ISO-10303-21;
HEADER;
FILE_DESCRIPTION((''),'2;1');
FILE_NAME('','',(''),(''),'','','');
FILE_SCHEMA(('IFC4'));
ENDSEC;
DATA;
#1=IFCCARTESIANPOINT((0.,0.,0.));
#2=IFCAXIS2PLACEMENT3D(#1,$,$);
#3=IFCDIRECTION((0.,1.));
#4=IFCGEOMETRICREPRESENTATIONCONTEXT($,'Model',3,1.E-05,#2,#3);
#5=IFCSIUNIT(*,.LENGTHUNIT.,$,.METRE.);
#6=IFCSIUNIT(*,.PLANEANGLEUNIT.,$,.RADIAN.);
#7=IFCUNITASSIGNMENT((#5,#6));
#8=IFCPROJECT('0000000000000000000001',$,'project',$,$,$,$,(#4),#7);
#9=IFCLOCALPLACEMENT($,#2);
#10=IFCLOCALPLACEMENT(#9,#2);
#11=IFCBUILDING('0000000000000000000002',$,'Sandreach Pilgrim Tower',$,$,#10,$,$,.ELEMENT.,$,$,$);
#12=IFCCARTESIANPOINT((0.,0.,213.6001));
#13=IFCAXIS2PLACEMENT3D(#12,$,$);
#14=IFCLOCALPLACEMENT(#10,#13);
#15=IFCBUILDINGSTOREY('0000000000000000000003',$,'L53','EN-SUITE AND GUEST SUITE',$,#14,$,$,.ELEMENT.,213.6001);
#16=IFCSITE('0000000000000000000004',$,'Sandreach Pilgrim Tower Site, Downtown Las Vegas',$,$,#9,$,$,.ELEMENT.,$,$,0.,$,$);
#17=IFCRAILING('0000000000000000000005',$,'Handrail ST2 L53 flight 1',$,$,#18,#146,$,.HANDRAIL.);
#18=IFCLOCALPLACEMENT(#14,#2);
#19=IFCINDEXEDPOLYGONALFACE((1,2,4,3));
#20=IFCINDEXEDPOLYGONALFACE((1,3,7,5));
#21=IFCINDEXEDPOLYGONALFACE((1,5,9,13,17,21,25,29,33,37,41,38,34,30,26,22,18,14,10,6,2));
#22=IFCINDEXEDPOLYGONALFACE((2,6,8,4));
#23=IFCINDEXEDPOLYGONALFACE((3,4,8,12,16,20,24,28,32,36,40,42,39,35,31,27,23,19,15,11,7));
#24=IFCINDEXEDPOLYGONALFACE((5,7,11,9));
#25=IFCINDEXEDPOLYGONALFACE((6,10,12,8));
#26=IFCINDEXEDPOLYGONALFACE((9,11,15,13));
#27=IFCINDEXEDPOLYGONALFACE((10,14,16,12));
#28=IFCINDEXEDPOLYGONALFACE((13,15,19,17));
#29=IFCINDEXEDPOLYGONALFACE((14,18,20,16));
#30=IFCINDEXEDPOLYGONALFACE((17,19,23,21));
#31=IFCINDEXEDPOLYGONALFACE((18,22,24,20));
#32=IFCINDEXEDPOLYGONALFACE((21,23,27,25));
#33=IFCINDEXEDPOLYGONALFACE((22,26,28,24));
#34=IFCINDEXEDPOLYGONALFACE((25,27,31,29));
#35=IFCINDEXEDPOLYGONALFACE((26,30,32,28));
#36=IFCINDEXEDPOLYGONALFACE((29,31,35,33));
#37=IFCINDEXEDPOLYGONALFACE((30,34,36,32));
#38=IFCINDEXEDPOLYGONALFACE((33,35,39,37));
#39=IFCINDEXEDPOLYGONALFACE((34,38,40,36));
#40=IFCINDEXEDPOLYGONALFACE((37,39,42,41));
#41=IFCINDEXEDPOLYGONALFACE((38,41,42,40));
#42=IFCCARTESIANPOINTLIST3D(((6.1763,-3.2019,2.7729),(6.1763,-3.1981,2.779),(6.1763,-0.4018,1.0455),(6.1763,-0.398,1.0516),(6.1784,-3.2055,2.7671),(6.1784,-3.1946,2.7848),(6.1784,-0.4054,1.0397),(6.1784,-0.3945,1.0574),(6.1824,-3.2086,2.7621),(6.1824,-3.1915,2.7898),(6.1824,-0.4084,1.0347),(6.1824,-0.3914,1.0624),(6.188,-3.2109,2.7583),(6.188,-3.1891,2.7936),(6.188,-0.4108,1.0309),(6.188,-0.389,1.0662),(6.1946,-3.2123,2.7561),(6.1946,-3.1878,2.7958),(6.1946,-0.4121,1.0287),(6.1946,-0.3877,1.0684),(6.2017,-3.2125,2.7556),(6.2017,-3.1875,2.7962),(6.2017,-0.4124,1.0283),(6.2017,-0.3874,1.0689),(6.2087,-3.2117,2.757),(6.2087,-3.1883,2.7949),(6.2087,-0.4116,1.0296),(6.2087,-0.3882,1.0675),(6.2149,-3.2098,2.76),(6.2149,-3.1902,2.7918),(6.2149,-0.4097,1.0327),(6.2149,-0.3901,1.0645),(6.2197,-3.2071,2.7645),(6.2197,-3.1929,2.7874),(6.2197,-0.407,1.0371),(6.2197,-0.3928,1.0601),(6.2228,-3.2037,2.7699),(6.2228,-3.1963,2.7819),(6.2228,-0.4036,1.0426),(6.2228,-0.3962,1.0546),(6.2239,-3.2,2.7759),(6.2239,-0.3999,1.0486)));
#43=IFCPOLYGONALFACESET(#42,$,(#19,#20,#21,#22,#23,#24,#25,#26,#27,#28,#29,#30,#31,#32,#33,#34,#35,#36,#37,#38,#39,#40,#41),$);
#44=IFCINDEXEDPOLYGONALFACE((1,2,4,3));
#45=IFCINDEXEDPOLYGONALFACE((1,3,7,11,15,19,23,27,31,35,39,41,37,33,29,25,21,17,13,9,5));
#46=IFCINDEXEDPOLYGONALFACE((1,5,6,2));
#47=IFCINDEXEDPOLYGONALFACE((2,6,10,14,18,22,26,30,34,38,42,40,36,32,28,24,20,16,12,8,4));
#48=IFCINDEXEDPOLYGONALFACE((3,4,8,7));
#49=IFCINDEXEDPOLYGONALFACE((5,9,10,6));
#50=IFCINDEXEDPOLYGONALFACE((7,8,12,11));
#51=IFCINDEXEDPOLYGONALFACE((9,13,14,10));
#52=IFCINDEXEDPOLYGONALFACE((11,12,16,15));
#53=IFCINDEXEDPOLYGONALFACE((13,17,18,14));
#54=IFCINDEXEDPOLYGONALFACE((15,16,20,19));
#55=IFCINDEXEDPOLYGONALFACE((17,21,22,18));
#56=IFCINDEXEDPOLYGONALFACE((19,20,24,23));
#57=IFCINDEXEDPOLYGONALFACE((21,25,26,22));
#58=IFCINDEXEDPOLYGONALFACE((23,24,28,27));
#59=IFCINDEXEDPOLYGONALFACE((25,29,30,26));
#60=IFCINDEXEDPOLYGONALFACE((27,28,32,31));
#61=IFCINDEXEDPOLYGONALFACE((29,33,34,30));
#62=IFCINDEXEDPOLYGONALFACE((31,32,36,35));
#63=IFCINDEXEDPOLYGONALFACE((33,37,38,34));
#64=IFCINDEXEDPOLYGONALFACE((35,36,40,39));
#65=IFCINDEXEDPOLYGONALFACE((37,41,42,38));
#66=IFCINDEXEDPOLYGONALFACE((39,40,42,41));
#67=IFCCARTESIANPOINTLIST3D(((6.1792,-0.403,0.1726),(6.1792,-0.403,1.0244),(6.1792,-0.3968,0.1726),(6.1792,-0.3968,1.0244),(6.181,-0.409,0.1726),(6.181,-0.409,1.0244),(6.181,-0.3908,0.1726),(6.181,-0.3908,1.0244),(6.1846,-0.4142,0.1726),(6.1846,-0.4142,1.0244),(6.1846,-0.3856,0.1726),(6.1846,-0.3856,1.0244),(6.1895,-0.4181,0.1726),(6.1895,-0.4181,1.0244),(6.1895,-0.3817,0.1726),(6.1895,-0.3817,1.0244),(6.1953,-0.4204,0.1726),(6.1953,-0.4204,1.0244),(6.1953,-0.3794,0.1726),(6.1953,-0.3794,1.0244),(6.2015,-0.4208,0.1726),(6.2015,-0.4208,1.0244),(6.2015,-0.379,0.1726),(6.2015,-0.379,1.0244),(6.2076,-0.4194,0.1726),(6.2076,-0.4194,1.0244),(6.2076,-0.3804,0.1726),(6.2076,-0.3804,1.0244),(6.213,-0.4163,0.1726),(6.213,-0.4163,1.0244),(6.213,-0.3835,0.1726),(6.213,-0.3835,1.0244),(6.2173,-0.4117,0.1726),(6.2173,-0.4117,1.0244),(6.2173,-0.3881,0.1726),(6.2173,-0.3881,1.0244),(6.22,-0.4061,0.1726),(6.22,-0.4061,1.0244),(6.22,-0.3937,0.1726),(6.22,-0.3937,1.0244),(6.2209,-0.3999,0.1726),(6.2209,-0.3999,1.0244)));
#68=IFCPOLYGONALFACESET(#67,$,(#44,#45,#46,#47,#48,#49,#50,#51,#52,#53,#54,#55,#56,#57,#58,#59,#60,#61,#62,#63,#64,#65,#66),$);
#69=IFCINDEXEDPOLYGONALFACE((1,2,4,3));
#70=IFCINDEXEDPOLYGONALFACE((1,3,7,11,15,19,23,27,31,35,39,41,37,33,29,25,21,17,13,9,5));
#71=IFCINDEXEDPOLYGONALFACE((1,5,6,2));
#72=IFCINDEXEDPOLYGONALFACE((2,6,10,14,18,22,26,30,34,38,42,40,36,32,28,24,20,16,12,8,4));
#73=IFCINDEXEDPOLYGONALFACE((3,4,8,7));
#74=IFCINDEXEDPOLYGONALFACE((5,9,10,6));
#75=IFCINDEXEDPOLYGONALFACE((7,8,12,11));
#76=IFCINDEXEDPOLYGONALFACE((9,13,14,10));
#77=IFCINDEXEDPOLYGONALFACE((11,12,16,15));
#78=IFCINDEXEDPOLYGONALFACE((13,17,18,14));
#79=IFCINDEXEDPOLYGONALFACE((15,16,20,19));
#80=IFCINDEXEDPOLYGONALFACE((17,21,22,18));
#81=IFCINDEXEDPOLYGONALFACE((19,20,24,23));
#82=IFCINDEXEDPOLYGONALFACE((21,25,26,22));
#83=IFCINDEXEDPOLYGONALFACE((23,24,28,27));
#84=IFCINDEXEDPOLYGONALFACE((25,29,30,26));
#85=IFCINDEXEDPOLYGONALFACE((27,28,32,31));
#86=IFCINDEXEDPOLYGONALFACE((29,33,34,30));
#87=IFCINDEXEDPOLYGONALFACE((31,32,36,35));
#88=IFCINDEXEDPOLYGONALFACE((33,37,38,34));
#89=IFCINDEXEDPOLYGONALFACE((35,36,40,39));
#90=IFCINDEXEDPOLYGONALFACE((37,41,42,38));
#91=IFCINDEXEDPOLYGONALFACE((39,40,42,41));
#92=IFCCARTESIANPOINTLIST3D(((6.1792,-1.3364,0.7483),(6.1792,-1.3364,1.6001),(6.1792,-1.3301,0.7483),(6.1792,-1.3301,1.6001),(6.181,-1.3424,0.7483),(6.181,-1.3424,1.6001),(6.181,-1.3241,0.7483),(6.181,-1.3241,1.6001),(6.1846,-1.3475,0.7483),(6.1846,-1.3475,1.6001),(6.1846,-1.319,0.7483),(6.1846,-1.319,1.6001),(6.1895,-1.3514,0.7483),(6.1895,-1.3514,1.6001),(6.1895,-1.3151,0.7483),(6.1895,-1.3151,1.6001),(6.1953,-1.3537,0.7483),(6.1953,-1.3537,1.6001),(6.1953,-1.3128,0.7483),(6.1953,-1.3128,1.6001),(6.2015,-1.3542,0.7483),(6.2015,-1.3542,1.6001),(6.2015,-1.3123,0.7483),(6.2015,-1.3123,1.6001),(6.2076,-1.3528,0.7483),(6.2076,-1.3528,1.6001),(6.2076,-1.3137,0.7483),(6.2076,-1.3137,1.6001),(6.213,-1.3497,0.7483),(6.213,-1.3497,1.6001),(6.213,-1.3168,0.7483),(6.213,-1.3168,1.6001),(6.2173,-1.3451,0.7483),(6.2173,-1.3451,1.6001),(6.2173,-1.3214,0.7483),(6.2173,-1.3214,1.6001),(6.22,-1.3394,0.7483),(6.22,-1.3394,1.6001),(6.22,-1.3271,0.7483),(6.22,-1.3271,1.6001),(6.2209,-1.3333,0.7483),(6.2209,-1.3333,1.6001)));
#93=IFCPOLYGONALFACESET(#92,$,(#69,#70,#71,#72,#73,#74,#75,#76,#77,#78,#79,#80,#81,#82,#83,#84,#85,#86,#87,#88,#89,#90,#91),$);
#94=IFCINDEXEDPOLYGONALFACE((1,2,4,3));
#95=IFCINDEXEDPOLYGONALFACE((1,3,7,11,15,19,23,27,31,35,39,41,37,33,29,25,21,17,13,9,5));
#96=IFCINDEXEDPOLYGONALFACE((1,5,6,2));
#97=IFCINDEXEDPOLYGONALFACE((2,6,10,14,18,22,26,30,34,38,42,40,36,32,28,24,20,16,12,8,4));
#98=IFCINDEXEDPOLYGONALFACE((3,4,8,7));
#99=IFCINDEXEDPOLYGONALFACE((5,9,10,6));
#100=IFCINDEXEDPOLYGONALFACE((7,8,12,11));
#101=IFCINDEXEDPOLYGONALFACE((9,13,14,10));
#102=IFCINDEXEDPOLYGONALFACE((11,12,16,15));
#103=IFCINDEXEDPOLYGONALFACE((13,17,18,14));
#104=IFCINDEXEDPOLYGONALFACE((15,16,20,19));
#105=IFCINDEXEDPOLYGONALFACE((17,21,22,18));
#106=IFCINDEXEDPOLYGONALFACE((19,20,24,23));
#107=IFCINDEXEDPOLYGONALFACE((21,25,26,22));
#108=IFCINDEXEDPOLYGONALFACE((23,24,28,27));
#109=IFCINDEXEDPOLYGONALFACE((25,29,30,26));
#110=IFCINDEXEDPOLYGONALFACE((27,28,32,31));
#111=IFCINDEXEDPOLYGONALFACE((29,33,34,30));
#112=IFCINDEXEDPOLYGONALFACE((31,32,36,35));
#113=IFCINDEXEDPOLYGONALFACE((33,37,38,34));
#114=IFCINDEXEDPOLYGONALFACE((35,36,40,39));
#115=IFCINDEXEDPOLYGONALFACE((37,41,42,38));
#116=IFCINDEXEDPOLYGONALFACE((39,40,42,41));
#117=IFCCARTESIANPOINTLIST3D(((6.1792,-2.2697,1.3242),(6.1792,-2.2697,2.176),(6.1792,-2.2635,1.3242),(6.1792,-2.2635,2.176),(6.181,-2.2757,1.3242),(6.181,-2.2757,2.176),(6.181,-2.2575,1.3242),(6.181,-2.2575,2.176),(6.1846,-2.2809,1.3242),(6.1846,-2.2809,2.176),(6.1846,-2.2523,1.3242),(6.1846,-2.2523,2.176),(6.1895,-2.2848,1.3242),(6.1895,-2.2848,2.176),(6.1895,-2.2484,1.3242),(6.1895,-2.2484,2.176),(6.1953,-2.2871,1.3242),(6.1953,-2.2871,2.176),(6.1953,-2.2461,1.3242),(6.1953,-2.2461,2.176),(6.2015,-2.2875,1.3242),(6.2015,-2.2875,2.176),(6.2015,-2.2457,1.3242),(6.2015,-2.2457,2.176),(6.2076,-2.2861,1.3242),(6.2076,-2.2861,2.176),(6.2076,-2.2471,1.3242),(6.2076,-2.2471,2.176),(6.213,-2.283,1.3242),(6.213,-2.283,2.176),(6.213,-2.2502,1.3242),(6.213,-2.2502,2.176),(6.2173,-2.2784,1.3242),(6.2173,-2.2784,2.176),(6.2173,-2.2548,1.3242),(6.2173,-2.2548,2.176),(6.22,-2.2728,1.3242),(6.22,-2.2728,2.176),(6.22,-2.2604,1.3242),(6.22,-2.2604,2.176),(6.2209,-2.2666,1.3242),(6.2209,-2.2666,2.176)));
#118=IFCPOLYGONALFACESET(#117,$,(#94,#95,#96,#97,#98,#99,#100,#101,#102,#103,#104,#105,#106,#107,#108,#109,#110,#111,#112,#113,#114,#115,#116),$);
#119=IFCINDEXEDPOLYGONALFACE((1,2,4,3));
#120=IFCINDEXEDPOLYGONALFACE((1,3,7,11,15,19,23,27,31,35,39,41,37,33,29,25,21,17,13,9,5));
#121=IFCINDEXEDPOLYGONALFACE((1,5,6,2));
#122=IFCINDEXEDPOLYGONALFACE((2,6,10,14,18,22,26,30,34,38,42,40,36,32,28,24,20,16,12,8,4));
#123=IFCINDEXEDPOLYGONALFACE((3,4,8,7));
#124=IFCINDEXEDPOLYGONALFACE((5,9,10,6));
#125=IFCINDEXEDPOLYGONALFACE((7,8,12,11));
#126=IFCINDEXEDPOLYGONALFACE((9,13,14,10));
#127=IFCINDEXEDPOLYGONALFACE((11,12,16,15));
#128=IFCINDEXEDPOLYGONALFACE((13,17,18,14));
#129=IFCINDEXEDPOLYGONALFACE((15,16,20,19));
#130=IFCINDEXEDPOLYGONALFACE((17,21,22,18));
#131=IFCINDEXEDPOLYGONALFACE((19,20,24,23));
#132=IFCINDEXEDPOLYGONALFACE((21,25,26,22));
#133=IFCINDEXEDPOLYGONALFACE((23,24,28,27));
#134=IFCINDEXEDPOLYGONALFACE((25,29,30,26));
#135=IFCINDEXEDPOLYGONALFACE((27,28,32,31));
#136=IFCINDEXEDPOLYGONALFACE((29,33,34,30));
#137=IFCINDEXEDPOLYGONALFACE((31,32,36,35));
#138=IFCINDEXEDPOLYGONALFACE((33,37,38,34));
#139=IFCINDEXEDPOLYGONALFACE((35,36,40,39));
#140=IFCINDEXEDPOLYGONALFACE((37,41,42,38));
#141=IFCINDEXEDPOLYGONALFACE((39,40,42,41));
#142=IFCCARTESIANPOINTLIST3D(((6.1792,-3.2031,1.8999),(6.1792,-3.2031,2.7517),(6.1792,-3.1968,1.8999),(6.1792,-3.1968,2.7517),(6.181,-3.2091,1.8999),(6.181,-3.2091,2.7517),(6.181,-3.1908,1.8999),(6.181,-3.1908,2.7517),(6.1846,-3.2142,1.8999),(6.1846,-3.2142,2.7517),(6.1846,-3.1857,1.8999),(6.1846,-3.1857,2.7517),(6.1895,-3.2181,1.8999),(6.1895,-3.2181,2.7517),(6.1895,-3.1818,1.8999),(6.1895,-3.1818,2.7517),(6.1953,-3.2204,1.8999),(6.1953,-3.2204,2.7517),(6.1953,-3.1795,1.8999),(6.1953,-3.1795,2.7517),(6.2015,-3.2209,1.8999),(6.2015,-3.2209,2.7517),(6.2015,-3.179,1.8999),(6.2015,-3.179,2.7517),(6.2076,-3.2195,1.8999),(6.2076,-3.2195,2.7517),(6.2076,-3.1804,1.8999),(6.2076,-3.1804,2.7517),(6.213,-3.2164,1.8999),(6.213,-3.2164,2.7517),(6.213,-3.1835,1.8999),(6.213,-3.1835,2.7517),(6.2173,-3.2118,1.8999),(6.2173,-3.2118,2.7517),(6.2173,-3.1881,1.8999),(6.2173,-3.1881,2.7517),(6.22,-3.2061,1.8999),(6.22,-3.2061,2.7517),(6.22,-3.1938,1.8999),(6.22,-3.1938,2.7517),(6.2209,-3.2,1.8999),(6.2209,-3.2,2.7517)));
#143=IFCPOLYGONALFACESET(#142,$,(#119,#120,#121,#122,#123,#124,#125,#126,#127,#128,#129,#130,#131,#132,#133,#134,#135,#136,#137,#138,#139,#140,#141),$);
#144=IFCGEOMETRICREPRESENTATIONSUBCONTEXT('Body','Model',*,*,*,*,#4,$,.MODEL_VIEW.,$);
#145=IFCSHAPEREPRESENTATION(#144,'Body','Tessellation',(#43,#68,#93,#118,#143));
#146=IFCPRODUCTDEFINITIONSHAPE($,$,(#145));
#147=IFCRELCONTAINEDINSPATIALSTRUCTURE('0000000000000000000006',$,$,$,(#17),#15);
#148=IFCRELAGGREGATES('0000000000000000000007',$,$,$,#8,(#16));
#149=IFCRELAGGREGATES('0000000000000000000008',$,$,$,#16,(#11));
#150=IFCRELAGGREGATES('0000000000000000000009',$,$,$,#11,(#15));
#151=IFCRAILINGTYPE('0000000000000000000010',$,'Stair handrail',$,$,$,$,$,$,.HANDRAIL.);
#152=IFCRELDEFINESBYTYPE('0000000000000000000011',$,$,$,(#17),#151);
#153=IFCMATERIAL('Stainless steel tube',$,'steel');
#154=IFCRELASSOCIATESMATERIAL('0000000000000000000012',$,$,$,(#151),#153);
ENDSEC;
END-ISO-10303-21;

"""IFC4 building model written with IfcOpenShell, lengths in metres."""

from ifc_helpers import new_model, si_unit, direction, frame, origin, origin_2d, place, context, subcontext, project, spatial, circle, extrude, material, type_object, element, save


model = new_model("IFC4")

# Units and contexts
model_context = context("Model", 3, precision=1e-05, world=origin(), true_north=direction((0.0, 1.0)))
body_context = subcontext(model_context, "Body", "Model", "MODEL_VIEW")
ifc_project = project(units=[si_unit("LENGTHUNIT", "METRE"), si_unit("PLANEANGLEUNIT", "RADIAN")], contexts=[model_context])

# Site, building, storey
site_placement = place(None, origin())
site = spatial("IfcSite", under=ifc_project, at=site_placement, Name="Sandreach Pilgrim Tower Site, Downtown Las Vegas", CompositionType="ELEMENT", RefElevation=0.0)
building_placement = place(site_placement, origin())
building = spatial("IfcBuilding", under=site, at=building_placement, Name="Sandreach Pilgrim Tower", CompositionType="ELEMENT")
storey_placement = place(building_placement, frame((0.0, 0.0, 213.6001)))
storey = spatial("IfcBuildingStorey", under=building, at=storey_placement, Name="L53", Description="EN-SUITE AND GUEST SUITE", CompositionType="ELEMENT", Elevation=213.6001)

# Railing
ifc_material_1 = material(Name="Stainless steel tube", Category="steel")
railing_type = type_object("IfcRailingType", Name="Stair handrail", PredefinedType="HANDRAIL", material=ifc_material_1)
for number, where, name in (
    (1, (6.2, -0.3999, 0.1726), "Handrail ST2 L53 flight 1"),
):
    element("IfcRailing", number, at=place(storey_placement, frame(where)), inside=storey, type_object=railing_type, Name=name, PredefinedType="HANDRAIL", context=body_context, shape_type="SweptSolid", body=[
        extrude(circle(Radius=0.0239, at=origin_2d()), frame((0.0, 0.0, 0.876), z_axis=(0.0, -0.85109, 0.52502), x_axis=(1.0, 0.0, 0.0)), (0.0, 0.0, 1.0), 3.29),
        extrude(circle(Radius=0.021, at=origin_2d()), origin(), (0.0, 0.0, 1.0), 0.8518),
        extrude(circle(Radius=0.021, at=origin_2d()), frame((0.0, -0.9333, 0.5757)), (0.0, 0.0, 1.0), 0.8518),
        extrude(circle(Radius=0.021, at=origin_2d()), frame((0.0, -1.8667, 1.1516)), (0.0, 0.0, 1.0), 0.8518),
        extrude(circle(Radius=0.021, at=origin_2d()), frame((0.0, -2.8, 1.7273)), (0.0, 0.0, 1.0), 0.8518),
    ])

save(model, "model.ifc")
